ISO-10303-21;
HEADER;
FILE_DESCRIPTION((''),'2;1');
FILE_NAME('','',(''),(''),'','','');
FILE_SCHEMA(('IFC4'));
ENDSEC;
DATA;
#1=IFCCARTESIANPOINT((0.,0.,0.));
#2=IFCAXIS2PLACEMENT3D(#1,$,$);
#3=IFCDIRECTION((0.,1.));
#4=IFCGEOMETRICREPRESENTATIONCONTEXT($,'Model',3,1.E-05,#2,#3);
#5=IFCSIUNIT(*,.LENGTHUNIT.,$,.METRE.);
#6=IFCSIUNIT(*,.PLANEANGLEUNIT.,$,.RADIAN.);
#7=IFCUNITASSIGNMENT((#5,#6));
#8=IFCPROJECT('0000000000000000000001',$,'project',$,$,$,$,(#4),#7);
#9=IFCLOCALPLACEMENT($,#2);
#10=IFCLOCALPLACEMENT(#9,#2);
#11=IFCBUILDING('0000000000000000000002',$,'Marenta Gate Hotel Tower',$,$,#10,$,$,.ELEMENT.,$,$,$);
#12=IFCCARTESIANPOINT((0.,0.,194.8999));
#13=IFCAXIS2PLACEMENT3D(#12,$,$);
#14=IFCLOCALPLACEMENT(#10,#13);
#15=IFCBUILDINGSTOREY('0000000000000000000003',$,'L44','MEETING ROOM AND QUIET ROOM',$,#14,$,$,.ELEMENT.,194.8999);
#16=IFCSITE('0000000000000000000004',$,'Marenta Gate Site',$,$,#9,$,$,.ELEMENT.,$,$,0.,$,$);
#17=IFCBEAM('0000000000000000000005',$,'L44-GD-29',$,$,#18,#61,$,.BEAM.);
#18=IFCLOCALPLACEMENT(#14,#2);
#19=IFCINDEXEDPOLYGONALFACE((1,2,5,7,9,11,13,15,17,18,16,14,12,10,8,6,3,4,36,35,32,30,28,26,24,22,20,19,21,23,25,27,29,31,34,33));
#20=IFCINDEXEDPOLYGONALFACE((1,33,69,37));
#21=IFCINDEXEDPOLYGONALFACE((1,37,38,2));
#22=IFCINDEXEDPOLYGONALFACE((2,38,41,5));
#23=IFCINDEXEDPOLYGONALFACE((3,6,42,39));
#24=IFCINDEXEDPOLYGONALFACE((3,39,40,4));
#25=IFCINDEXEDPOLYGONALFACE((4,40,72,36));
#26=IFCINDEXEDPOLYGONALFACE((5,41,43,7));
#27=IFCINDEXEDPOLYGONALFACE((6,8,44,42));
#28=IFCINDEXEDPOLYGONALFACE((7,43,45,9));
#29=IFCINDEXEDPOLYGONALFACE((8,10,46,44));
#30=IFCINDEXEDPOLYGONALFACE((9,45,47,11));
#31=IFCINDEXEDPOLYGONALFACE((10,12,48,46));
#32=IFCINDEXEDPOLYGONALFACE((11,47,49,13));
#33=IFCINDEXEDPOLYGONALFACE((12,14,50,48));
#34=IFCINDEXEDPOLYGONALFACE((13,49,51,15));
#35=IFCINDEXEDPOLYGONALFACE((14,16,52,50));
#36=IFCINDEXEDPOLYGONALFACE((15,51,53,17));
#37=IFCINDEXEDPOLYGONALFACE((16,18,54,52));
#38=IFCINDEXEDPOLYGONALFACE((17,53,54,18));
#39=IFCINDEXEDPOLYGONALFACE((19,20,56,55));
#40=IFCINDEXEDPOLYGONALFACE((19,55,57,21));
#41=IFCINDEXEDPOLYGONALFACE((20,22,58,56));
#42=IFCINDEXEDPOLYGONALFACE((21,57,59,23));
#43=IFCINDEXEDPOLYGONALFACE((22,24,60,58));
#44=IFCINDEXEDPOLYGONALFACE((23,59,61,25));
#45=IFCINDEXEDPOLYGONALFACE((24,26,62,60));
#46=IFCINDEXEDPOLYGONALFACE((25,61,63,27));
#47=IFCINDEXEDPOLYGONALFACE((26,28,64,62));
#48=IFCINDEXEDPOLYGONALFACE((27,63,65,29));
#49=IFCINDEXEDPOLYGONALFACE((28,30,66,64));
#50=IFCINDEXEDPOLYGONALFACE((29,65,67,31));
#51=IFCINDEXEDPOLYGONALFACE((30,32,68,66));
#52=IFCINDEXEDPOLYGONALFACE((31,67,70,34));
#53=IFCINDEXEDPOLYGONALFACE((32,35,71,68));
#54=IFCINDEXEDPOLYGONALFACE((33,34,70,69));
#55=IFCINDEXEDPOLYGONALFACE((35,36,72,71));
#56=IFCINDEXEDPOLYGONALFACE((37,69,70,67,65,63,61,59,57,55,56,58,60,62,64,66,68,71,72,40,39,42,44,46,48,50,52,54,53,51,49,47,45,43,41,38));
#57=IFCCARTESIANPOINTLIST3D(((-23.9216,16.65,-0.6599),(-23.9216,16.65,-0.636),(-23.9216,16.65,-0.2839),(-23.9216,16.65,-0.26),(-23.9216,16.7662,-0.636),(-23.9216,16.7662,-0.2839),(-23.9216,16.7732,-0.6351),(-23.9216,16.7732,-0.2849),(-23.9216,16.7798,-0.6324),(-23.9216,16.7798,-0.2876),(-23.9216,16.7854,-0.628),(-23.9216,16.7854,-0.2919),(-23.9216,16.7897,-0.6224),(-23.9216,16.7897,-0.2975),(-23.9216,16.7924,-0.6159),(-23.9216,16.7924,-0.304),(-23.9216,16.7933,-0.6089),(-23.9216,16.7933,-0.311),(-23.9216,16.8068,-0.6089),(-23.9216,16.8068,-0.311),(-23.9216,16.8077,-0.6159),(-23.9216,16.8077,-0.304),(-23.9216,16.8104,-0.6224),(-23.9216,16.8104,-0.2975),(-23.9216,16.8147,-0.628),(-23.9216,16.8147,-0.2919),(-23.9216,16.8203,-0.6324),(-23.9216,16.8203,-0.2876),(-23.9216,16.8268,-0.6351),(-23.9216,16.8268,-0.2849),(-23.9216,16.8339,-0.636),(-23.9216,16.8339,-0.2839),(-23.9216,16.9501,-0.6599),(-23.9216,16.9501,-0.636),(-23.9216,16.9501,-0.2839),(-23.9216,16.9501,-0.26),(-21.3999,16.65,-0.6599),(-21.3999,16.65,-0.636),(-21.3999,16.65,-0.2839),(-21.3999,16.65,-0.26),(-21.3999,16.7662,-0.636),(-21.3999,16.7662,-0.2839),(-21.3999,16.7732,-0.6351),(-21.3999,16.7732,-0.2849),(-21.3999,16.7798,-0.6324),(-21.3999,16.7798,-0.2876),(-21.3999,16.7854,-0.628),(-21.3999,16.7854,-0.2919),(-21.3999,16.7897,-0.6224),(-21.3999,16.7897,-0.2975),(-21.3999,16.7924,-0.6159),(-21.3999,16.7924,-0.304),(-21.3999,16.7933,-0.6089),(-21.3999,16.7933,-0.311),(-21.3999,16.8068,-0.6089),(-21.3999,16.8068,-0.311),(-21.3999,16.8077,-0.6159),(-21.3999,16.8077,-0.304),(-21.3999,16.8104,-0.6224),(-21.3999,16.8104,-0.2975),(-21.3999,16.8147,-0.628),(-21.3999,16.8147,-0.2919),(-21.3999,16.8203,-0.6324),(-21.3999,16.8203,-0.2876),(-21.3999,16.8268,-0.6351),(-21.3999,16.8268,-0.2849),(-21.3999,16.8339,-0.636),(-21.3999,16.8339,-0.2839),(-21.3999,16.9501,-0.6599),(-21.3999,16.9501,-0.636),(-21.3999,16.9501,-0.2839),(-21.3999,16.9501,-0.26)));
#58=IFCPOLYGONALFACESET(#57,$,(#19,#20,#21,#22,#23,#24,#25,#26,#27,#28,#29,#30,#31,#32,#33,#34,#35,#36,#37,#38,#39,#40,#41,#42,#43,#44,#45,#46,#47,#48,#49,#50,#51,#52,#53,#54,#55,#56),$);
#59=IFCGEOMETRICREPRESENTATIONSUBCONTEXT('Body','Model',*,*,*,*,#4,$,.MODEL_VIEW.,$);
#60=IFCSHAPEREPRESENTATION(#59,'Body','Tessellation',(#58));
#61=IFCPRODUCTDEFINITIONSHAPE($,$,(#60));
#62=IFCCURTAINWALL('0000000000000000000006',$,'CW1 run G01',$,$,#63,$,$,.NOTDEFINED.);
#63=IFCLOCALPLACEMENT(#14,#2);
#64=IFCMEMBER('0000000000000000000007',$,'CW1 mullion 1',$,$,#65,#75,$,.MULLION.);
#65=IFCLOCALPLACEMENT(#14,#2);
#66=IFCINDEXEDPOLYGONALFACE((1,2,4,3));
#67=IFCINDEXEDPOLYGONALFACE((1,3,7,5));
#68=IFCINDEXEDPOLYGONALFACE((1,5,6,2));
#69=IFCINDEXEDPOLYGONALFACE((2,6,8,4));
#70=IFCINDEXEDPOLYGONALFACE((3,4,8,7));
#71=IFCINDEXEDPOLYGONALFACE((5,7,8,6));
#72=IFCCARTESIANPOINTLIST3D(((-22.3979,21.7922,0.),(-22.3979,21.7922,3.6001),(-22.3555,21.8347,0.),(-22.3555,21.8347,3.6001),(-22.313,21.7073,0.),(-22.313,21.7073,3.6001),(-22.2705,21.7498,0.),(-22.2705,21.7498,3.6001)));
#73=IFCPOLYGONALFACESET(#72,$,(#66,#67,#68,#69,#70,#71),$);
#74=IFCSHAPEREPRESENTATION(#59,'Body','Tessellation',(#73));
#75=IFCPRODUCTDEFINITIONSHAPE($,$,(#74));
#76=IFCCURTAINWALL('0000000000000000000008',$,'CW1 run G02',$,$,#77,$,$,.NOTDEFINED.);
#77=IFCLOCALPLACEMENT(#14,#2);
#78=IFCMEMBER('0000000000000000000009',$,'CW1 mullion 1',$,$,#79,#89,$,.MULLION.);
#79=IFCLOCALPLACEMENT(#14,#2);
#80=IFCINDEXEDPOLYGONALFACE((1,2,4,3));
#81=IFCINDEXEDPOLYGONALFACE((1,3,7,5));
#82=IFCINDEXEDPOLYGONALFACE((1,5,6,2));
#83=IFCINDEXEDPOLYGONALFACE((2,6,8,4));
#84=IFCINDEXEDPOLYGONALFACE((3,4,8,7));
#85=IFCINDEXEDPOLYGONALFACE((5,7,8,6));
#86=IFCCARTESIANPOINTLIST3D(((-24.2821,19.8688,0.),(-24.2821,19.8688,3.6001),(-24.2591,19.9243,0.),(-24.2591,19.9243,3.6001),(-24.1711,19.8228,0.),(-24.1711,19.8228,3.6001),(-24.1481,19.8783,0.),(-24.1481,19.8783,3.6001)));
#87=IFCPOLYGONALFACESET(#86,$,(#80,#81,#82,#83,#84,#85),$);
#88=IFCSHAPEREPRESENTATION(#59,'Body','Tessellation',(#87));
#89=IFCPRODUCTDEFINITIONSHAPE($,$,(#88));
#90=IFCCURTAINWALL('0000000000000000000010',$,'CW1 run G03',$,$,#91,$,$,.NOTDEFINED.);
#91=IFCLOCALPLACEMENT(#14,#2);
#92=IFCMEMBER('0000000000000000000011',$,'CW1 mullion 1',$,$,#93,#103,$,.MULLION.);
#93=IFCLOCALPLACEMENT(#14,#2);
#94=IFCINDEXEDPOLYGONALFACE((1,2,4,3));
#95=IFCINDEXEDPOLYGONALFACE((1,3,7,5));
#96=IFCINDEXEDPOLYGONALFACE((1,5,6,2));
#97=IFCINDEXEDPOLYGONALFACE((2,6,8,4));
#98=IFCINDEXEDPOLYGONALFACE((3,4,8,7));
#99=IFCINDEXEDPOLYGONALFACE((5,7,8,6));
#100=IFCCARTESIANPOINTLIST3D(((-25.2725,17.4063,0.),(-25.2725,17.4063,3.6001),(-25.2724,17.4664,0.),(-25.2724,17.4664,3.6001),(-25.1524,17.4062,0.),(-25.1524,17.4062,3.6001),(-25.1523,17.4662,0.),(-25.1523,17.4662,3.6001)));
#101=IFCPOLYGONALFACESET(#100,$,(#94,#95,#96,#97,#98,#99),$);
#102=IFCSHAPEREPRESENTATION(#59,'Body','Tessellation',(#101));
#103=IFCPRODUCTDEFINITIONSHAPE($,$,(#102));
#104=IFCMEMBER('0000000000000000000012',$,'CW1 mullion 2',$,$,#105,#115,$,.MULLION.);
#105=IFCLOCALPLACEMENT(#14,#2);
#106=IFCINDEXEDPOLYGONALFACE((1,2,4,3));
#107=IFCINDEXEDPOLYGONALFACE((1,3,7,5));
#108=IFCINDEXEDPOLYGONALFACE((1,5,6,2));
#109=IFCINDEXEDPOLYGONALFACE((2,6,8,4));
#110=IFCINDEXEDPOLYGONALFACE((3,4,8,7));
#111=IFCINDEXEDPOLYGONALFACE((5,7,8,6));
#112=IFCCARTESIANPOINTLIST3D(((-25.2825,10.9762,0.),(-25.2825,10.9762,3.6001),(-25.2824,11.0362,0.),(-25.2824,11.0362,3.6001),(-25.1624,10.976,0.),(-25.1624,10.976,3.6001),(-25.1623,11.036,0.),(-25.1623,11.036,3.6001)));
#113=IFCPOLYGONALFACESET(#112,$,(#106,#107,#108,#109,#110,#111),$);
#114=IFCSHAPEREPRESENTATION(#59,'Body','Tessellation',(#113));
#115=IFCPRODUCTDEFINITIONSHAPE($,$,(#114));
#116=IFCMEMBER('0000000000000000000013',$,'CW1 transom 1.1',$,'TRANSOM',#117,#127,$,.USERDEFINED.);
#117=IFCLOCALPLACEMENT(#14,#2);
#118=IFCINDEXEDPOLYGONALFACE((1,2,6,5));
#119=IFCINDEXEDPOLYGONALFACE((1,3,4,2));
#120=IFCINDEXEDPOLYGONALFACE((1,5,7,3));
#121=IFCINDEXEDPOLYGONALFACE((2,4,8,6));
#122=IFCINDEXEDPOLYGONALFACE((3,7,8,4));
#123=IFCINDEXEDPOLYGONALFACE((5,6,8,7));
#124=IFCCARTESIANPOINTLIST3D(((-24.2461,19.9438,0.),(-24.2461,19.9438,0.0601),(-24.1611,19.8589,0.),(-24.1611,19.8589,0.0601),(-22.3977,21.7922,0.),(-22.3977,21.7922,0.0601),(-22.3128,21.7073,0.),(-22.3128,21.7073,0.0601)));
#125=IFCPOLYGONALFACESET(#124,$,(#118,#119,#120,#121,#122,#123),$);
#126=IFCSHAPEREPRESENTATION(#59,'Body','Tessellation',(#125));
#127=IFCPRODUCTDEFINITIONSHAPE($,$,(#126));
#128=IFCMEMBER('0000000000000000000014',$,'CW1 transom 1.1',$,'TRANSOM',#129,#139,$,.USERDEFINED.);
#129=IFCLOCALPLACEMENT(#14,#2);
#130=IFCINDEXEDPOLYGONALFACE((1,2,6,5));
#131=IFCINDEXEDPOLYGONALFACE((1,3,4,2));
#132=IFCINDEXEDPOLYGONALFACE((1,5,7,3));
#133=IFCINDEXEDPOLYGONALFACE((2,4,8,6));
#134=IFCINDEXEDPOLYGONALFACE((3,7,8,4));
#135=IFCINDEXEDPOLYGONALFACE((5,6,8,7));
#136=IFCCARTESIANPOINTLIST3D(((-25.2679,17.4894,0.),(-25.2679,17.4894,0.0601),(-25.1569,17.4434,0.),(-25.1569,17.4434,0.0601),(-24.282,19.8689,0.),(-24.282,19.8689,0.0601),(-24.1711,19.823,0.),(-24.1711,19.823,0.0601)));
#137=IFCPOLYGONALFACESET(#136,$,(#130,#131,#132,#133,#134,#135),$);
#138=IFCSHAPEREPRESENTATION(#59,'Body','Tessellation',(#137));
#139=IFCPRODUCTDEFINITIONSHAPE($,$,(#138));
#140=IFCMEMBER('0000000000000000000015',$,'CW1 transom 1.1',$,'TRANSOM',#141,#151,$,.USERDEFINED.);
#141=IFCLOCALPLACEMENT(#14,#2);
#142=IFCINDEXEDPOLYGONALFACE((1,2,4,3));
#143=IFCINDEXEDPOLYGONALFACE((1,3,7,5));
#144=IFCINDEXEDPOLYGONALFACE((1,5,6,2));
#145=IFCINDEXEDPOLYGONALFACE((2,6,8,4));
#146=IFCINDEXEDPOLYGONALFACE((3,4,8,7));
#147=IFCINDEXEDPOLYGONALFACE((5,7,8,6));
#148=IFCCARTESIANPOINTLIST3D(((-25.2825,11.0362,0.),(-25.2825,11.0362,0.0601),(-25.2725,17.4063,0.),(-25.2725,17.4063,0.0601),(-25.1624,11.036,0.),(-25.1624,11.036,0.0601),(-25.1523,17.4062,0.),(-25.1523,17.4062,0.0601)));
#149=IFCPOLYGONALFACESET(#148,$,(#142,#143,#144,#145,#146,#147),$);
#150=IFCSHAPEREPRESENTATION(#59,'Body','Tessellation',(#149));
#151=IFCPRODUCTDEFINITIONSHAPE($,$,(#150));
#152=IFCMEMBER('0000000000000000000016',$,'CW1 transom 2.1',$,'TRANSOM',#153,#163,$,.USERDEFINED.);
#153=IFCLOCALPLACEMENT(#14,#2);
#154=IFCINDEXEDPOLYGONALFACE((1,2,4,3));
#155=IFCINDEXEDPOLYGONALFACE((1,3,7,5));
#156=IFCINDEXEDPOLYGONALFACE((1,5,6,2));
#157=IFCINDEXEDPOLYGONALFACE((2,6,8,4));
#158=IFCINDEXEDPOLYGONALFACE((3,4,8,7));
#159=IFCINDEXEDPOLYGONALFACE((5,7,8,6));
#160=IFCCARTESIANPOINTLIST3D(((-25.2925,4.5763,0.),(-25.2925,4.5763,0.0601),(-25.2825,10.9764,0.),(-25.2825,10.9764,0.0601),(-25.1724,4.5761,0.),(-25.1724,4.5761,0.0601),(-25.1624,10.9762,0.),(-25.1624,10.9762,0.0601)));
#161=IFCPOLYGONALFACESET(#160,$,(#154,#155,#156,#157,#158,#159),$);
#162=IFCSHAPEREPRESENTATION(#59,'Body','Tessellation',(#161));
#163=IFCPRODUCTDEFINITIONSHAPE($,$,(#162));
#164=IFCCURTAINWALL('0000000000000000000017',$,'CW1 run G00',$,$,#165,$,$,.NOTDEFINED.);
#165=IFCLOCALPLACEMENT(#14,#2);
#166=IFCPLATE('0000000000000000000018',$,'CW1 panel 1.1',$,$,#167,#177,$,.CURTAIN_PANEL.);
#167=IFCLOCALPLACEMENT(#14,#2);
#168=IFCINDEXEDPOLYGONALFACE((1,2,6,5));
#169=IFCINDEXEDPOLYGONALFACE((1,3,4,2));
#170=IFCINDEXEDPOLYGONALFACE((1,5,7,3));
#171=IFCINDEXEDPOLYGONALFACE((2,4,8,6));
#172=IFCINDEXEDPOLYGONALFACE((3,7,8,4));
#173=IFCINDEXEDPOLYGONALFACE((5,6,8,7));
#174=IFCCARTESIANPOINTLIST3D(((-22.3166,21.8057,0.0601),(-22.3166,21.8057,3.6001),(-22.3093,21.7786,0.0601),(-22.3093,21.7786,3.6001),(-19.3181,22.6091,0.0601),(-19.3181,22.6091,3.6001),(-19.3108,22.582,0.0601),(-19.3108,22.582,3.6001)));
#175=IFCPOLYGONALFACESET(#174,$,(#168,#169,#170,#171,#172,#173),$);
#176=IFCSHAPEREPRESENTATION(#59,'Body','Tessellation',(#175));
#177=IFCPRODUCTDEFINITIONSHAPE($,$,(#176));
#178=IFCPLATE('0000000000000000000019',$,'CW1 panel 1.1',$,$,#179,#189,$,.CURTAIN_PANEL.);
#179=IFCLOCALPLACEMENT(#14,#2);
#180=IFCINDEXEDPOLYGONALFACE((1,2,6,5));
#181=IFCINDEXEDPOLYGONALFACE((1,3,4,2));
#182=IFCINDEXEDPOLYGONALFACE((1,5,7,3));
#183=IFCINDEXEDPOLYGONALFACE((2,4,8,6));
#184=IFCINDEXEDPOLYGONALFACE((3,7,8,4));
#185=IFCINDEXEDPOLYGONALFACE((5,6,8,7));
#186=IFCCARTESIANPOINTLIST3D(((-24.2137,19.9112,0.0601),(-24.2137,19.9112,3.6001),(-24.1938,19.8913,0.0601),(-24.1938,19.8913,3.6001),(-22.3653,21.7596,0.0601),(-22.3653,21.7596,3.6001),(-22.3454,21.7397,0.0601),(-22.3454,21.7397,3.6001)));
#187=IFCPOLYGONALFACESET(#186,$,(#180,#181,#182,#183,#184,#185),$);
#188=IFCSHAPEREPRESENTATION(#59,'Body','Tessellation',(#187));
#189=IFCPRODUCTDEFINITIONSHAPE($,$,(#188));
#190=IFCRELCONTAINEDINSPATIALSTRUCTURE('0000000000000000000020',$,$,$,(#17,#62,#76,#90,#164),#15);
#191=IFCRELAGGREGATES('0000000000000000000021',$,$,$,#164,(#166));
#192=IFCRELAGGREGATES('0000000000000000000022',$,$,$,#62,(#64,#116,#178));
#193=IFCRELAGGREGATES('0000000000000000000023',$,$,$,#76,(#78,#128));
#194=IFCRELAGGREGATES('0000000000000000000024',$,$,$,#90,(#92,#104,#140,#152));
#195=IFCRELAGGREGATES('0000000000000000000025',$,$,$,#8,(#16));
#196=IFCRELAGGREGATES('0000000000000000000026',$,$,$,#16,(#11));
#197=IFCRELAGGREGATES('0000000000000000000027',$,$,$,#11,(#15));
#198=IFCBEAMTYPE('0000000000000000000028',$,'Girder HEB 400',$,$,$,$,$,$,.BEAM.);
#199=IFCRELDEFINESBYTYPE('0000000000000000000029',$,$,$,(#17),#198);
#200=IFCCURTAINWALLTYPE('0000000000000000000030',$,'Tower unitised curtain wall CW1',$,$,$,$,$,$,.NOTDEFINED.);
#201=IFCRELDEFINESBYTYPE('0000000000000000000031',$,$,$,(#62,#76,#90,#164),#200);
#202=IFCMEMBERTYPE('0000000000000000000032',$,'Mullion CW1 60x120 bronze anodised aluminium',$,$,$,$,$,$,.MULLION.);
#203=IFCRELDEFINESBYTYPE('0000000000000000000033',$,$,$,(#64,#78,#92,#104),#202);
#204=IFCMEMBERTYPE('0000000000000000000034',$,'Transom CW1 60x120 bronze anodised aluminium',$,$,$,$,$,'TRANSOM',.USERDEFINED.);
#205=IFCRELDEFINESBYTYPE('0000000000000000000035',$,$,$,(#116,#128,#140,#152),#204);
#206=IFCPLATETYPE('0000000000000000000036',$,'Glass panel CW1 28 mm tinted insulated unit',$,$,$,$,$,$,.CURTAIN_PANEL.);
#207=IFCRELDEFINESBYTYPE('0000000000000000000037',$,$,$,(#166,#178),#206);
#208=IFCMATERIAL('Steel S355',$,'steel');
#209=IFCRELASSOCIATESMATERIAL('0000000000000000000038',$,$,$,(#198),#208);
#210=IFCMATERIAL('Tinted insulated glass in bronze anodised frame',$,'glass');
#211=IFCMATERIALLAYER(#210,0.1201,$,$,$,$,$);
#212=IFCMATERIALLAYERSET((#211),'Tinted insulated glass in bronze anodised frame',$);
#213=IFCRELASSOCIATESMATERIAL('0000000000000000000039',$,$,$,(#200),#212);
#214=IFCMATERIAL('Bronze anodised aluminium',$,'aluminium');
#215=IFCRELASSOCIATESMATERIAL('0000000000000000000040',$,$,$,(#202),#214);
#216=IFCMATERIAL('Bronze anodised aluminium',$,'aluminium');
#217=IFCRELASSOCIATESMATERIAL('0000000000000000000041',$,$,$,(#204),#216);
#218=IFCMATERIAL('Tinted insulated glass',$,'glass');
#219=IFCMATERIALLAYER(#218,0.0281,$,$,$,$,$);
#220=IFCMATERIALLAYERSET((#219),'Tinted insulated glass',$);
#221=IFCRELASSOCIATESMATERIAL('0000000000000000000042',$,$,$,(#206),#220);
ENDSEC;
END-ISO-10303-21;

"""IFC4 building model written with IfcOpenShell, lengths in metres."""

from ifc_helpers import new_model, si_unit, direction, frame, origin, origin_2d, place, context, subcontext, project, spatial, rectangle, i_section, extrude, material, layer, layer_set, material_profile, profile_set, type_object, element, aggregate, save


model = new_model("IFC4")

# Units and contexts
model_context = context("Model", 3, precision=1e-05, world=origin(), true_north=direction((0.0, 1.0)))
body_context = subcontext(model_context, "Body", "Model", "MODEL_VIEW")
ifc_project = project(units=[si_unit("LENGTHUNIT", "METRE"), si_unit("PLANEANGLEUNIT", "RADIAN")], contexts=[model_context])

# Site, building, storey
site_placement = place(None, origin())
site = spatial("IfcSite", under=ifc_project, at=site_placement, Name="Marenta Gate Site", CompositionType="ELEMENT", RefElevation=0.0)
building_placement = place(site_placement, origin())
building = spatial("IfcBuilding", under=site, at=building_placement, Name="Marenta Gate Hotel Tower", CompositionType="ELEMENT")
storey_placement = place(building_placement, frame((0.0, 0.0, 194.8999)))
storey = spatial("IfcBuildingStorey", under=building, at=storey_placement, Name="L44", Description="MEETING ROOM AND QUIET ROOM", CompositionType="ELEMENT", Elevation=194.8999)

# Beam
ifc_material_1 = material(Name="Steel S355", Category="steel")
ifc_material_profile_1 = material_profile(ifc_material_1, i_section(OverallWidth=0.3, OverallDepth=0.3999, WebThickness=0.0134, FlangeThickness=0.0239, FilletRadius=0.0271, at=origin_2d()), Name="HEB 400")
ifc_profile_set_1 = profile_set([ifc_material_profile_1], Name="Steel S355")
beam_type_1 = type_object("IfcBeamType", Name="Girder HEB 400", PredefinedType="BEAM", material=ifc_profile_set_1)
beam_1_placement = place(storey_placement, frame((-23.9216, 16.8, -0.46), z_axis=(1.0, 0.0, 0.0), x_axis=(0.0, 1.0, 0.0)))
element("IfcBeam", 1, at=beam_1_placement, inside=storey, type_object=beam_type_1, Name="L44-GD-29", PredefinedType="BEAM", context=body_context, shape_type="SweptSolid", body=[
    extrude(i_section(OverallWidth=0.3, OverallDepth=0.3999, WebThickness=0.0134, FlangeThickness=0.0239, FilletRadius=0.0271, at=origin_2d()), origin(), (0.0, 0.0, 1.0), 2.5217),
])

# Curtain walls, members
ifc_material_2 = material(Name="Tinted insulated glass in bronze anodised frame", Category="glass")
ifc_layer_1 = layer(ifc_material_2, 0.1201)
ifc_layer_set_1 = layer_set([ifc_layer_1], Name="Tinted insulated glass in bronze anodised frame")
curtain_wall_type = type_object("IfcCurtainWallType", Name="Tower unitised curtain wall CW1", PredefinedType="NOTDEFINED", material=ifc_layer_set_1)
curtain_wall_1_placement = place(storey_placement, origin())
curtain_wall_1 = element("IfcCurtainWall", 2, at=curtain_wall_1_placement, inside=storey, type_object=curtain_wall_type, Name="CW1 run G01", PredefinedType="NOTDEFINED")
ifc_material_3 = material(Name="Bronze anodised aluminium", Category="aluminium")
ifc_material_profile_2 = material_profile(ifc_material_3, rectangle(XDim=0.1201, YDim=0.0601, at=origin_2d()), Name="Mullion CW1 60x120 bronze anodised aluminium")
ifc_profile_set_2 = profile_set([ifc_material_profile_2], Name="Bronze anodised aluminium")
member_type_1 = type_object("IfcMemberType", Name="Mullion CW1 60x120 bronze anodised aluminium", PredefinedType="MULLION", material=ifc_profile_set_2)
member_1_placement = place(storey_placement, frame((-22.3342, 21.771, 0.0), z_axis=(0.0, 0.0, 1.0), x_axis=(0.707107, -0.707107, 0.0)))
member_1 = element("IfcMember", 3, at=member_1_placement, type_object=member_type_1, Name="CW1 mullion 1", PredefinedType="MULLION", context=body_context, shape_type="SweptSolid", body=[
    extrude(rectangle(XDim=0.1201, YDim=0.0601, at=origin_2d()), origin(), (0.0, 0.0, 1.0), 3.6001),
])
curtain_wall_2_placement = place(storey_placement, origin())
curtain_wall_2 = element("IfcCurtainWall", 4, at=curtain_wall_2_placement, inside=storey, type_object=curtain_wall_type, Name="CW1 run G02", PredefinedType="NOTDEFINED")
member_2_placement = place(storey_placement, frame((-24.2151, 19.8735, 0.0), z_axis=(0.0, 0.0, 1.0), x_axis=(0.923886, -0.382667, 0.0)))
member_2 = element("IfcMember", 5, at=member_2_placement, type_object=member_type_1, Name="CW1 mullion 1", PredefinedType="MULLION", context=body_context, shape_type="SweptSolid", body=[
    extrude(rectangle(XDim=0.1201, YDim=0.0601, at=origin_2d()), origin(), (0.0, 0.0, 1.0), 3.6001),
])

# Curtain wall, members
curtain_wall_3_placement = place(storey_placement, origin())
curtain_wall_3 = element("IfcCurtainWall", 6, at=curtain_wall_3_placement, inside=storey, type_object=curtain_wall_type, Name="CW1 run G03", PredefinedType="NOTDEFINED")
member_3_placement = place(storey_placement, frame((-25.2124, 17.4363, 0.0), z_axis=(0.0, 0.0, 1.0), x_axis=(0.999999, -0.001566, 0.0)))
member_3 = element("IfcMember", 7, at=member_3_placement, type_object=member_type_1, Name="CW1 mullion 1", PredefinedType="MULLION", context=body_context, shape_type="SweptSolid", body=[
    extrude(rectangle(XDim=0.1201, YDim=0.0601, at=origin_2d()), origin(), (0.0, 0.0, 1.0), 3.6001),
])
member_4_placement = place(storey_placement, frame((-25.2224, 11.0061, 0.0), z_axis=(0.0, 0.0, 1.0), x_axis=(0.999999, -0.001566, 0.0)))
member_4 = element("IfcMember", 8, at=member_4_placement, type_object=member_type_1, Name="CW1 mullion 2", PredefinedType="MULLION", context=body_context, shape_type="SweptSolid", body=[
    extrude(rectangle(XDim=0.1201, YDim=0.0601, at=origin_2d()), origin(), (0.0, 0.0, 1.0), 3.6001),
])

# Members
ifc_material_4 = material(Name="Bronze anodised aluminium", Category="aluminium")
ifc_material_profile_3 = material_profile(ifc_material_4, rectangle(XDim=0.1201, YDim=0.0601, at=origin_2d()), Name="Transom CW1 60x120 bronze anodised aluminium")
ifc_profile_set_3 = profile_set([ifc_material_profile_3], Name="Bronze anodised aluminium")
member_type_2 = type_object("IfcMemberType", Name="Transom CW1 60x120 bronze anodised aluminium", ElementType="TRANSOM", PredefinedType="USERDEFINED", material=ifc_profile_set_3)
member_5_placement = place(storey_placement, frame((-22.3552, 21.7498, 0.03), z_axis=(-0.707107, -0.707107, 0.0), x_axis=(0.707107, -0.707107, 0.0)))
member_5 = element("IfcMember", 9, at=member_5_placement, type_object=member_type_2, Name="CW1 transom 1.1", ObjectType="TRANSOM", PredefinedType="USERDEFINED", context=body_context, shape_type="SweptSolid", body=[
    extrude(rectangle(XDim=0.1201, YDim=0.0601, at=origin_2d()), origin(), (0.0, 0.0, 1.0), 2.614),
])
member_6_placement = place(storey_placement, frame((-24.2266, 19.8459, 0.03), z_axis=(-0.382737, -0.923857, 0.0), x_axis=(0.923857, -0.382737, 0.0)))
member_6 = element("IfcMember", 10, at=member_6_placement, type_object=member_type_2, Name="CW1 transom 1.1", ObjectType="TRANSOM", PredefinedType="USERDEFINED", context=body_context, shape_type="SweptSolid", body=[
    extrude(rectangle(XDim=0.1201, YDim=0.0601, at=origin_2d()), origin(), (0.0, 0.0, 1.0), 2.5757),
])
member_7_placement = place(storey_placement, frame((-25.2124, 17.4062, 0.03), z_axis=(-0.001571, -0.999999, 0.0), x_axis=(0.999999, -0.001571, 0.0)))
member_7 = element("IfcMember", 11, at=member_7_placement, type_object=member_type_2, Name="CW1 transom 1.1", ObjectType="TRANSOM", PredefinedType="USERDEFINED", context=body_context, shape_type="SweptSolid", body=[
    extrude(rectangle(XDim=0.1201, YDim=0.0601, at=origin_2d()), origin(), (0.0, 0.0, 1.0), 6.3701),
])
member_8_placement = place(storey_placement, frame((-25.2224, 10.9763, 0.03), z_axis=(-0.001564, -0.999999, 0.0), x_axis=(0.999999, -0.001564, 0.0)))
member_8 = element("IfcMember", 12, at=member_8_placement, type_object=member_type_2, Name="CW1 transom 2.1", ObjectType="TRANSOM", PredefinedType="USERDEFINED", context=body_context, shape_type="SweptSolid", body=[
    extrude(rectangle(XDim=0.1201, YDim=0.0601, at=origin_2d()), origin(), (0.0, 0.0, 1.0), 6.4001),
])

# Curtain wall, plate
curtain_wall_4_placement = place(storey_placement, origin())
curtain_wall_4 = element("IfcCurtainWall", 13, at=curtain_wall_4_placement, inside=storey, type_object=curtain_wall_type, Name="CW1 run G00", PredefinedType="NOTDEFINED")
ifc_material_5 = material(Name="Tinted insulated glass", Category="glass")
ifc_layer_2 = layer(ifc_material_5, 0.0281)
ifc_layer_set_2 = layer_set([ifc_layer_2], Name="Tinted insulated glass")
plate_type = type_object("IfcPlateType", Name="Glass panel CW1 28 mm tinted insulated unit", PredefinedType="CURTAIN_PANEL", material=ifc_layer_set_2)
plate_1_placement = place(storey_placement, frame((-20.8137, 22.1938, 0.0601), z_axis=(0.0, 0.0, 1.0), x_axis=(-0.965931, -0.258801, 0.0)))
plate_1 = element("IfcPlate", 14, at=plate_1_placement, type_object=plate_type, Name="CW1 panel 1.1", PredefinedType="CURTAIN_PANEL", context=body_context, shape_type="SweptSolid", body=[
    extrude(rectangle(XDim=3.1042, YDim=0.0281, at=origin_2d()), origin(), (0.0, 0.0, 1.0), 3.54),
])
aggregate(curtain_wall_4, [plate_1])

# Plate
plate_2_placement = place(storey_placement, frame((-23.2795, 20.8254, 0.0601), z_axis=(0.0, 0.0, 1.0), x_axis=(-0.707107, -0.707107, 0.0)))
plate_2 = element("IfcPlate", 15, at=plate_2_placement, type_object=plate_type, Name="CW1 panel 1.1", PredefinedType="CURTAIN_PANEL", context=body_context, shape_type="SweptSolid", body=[
    extrude(rectangle(XDim=2.614, YDim=0.0281, at=origin_2d()), origin(), (0.0, 0.0, 1.0), 3.54),
])
aggregate(curtain_wall_1, [member_1, member_5, plate_2])
aggregate(curtain_wall_2, [member_2, member_6])
aggregate(curtain_wall_3, [member_3, member_4, member_7, member_8])

save(model, "model.ifc")
